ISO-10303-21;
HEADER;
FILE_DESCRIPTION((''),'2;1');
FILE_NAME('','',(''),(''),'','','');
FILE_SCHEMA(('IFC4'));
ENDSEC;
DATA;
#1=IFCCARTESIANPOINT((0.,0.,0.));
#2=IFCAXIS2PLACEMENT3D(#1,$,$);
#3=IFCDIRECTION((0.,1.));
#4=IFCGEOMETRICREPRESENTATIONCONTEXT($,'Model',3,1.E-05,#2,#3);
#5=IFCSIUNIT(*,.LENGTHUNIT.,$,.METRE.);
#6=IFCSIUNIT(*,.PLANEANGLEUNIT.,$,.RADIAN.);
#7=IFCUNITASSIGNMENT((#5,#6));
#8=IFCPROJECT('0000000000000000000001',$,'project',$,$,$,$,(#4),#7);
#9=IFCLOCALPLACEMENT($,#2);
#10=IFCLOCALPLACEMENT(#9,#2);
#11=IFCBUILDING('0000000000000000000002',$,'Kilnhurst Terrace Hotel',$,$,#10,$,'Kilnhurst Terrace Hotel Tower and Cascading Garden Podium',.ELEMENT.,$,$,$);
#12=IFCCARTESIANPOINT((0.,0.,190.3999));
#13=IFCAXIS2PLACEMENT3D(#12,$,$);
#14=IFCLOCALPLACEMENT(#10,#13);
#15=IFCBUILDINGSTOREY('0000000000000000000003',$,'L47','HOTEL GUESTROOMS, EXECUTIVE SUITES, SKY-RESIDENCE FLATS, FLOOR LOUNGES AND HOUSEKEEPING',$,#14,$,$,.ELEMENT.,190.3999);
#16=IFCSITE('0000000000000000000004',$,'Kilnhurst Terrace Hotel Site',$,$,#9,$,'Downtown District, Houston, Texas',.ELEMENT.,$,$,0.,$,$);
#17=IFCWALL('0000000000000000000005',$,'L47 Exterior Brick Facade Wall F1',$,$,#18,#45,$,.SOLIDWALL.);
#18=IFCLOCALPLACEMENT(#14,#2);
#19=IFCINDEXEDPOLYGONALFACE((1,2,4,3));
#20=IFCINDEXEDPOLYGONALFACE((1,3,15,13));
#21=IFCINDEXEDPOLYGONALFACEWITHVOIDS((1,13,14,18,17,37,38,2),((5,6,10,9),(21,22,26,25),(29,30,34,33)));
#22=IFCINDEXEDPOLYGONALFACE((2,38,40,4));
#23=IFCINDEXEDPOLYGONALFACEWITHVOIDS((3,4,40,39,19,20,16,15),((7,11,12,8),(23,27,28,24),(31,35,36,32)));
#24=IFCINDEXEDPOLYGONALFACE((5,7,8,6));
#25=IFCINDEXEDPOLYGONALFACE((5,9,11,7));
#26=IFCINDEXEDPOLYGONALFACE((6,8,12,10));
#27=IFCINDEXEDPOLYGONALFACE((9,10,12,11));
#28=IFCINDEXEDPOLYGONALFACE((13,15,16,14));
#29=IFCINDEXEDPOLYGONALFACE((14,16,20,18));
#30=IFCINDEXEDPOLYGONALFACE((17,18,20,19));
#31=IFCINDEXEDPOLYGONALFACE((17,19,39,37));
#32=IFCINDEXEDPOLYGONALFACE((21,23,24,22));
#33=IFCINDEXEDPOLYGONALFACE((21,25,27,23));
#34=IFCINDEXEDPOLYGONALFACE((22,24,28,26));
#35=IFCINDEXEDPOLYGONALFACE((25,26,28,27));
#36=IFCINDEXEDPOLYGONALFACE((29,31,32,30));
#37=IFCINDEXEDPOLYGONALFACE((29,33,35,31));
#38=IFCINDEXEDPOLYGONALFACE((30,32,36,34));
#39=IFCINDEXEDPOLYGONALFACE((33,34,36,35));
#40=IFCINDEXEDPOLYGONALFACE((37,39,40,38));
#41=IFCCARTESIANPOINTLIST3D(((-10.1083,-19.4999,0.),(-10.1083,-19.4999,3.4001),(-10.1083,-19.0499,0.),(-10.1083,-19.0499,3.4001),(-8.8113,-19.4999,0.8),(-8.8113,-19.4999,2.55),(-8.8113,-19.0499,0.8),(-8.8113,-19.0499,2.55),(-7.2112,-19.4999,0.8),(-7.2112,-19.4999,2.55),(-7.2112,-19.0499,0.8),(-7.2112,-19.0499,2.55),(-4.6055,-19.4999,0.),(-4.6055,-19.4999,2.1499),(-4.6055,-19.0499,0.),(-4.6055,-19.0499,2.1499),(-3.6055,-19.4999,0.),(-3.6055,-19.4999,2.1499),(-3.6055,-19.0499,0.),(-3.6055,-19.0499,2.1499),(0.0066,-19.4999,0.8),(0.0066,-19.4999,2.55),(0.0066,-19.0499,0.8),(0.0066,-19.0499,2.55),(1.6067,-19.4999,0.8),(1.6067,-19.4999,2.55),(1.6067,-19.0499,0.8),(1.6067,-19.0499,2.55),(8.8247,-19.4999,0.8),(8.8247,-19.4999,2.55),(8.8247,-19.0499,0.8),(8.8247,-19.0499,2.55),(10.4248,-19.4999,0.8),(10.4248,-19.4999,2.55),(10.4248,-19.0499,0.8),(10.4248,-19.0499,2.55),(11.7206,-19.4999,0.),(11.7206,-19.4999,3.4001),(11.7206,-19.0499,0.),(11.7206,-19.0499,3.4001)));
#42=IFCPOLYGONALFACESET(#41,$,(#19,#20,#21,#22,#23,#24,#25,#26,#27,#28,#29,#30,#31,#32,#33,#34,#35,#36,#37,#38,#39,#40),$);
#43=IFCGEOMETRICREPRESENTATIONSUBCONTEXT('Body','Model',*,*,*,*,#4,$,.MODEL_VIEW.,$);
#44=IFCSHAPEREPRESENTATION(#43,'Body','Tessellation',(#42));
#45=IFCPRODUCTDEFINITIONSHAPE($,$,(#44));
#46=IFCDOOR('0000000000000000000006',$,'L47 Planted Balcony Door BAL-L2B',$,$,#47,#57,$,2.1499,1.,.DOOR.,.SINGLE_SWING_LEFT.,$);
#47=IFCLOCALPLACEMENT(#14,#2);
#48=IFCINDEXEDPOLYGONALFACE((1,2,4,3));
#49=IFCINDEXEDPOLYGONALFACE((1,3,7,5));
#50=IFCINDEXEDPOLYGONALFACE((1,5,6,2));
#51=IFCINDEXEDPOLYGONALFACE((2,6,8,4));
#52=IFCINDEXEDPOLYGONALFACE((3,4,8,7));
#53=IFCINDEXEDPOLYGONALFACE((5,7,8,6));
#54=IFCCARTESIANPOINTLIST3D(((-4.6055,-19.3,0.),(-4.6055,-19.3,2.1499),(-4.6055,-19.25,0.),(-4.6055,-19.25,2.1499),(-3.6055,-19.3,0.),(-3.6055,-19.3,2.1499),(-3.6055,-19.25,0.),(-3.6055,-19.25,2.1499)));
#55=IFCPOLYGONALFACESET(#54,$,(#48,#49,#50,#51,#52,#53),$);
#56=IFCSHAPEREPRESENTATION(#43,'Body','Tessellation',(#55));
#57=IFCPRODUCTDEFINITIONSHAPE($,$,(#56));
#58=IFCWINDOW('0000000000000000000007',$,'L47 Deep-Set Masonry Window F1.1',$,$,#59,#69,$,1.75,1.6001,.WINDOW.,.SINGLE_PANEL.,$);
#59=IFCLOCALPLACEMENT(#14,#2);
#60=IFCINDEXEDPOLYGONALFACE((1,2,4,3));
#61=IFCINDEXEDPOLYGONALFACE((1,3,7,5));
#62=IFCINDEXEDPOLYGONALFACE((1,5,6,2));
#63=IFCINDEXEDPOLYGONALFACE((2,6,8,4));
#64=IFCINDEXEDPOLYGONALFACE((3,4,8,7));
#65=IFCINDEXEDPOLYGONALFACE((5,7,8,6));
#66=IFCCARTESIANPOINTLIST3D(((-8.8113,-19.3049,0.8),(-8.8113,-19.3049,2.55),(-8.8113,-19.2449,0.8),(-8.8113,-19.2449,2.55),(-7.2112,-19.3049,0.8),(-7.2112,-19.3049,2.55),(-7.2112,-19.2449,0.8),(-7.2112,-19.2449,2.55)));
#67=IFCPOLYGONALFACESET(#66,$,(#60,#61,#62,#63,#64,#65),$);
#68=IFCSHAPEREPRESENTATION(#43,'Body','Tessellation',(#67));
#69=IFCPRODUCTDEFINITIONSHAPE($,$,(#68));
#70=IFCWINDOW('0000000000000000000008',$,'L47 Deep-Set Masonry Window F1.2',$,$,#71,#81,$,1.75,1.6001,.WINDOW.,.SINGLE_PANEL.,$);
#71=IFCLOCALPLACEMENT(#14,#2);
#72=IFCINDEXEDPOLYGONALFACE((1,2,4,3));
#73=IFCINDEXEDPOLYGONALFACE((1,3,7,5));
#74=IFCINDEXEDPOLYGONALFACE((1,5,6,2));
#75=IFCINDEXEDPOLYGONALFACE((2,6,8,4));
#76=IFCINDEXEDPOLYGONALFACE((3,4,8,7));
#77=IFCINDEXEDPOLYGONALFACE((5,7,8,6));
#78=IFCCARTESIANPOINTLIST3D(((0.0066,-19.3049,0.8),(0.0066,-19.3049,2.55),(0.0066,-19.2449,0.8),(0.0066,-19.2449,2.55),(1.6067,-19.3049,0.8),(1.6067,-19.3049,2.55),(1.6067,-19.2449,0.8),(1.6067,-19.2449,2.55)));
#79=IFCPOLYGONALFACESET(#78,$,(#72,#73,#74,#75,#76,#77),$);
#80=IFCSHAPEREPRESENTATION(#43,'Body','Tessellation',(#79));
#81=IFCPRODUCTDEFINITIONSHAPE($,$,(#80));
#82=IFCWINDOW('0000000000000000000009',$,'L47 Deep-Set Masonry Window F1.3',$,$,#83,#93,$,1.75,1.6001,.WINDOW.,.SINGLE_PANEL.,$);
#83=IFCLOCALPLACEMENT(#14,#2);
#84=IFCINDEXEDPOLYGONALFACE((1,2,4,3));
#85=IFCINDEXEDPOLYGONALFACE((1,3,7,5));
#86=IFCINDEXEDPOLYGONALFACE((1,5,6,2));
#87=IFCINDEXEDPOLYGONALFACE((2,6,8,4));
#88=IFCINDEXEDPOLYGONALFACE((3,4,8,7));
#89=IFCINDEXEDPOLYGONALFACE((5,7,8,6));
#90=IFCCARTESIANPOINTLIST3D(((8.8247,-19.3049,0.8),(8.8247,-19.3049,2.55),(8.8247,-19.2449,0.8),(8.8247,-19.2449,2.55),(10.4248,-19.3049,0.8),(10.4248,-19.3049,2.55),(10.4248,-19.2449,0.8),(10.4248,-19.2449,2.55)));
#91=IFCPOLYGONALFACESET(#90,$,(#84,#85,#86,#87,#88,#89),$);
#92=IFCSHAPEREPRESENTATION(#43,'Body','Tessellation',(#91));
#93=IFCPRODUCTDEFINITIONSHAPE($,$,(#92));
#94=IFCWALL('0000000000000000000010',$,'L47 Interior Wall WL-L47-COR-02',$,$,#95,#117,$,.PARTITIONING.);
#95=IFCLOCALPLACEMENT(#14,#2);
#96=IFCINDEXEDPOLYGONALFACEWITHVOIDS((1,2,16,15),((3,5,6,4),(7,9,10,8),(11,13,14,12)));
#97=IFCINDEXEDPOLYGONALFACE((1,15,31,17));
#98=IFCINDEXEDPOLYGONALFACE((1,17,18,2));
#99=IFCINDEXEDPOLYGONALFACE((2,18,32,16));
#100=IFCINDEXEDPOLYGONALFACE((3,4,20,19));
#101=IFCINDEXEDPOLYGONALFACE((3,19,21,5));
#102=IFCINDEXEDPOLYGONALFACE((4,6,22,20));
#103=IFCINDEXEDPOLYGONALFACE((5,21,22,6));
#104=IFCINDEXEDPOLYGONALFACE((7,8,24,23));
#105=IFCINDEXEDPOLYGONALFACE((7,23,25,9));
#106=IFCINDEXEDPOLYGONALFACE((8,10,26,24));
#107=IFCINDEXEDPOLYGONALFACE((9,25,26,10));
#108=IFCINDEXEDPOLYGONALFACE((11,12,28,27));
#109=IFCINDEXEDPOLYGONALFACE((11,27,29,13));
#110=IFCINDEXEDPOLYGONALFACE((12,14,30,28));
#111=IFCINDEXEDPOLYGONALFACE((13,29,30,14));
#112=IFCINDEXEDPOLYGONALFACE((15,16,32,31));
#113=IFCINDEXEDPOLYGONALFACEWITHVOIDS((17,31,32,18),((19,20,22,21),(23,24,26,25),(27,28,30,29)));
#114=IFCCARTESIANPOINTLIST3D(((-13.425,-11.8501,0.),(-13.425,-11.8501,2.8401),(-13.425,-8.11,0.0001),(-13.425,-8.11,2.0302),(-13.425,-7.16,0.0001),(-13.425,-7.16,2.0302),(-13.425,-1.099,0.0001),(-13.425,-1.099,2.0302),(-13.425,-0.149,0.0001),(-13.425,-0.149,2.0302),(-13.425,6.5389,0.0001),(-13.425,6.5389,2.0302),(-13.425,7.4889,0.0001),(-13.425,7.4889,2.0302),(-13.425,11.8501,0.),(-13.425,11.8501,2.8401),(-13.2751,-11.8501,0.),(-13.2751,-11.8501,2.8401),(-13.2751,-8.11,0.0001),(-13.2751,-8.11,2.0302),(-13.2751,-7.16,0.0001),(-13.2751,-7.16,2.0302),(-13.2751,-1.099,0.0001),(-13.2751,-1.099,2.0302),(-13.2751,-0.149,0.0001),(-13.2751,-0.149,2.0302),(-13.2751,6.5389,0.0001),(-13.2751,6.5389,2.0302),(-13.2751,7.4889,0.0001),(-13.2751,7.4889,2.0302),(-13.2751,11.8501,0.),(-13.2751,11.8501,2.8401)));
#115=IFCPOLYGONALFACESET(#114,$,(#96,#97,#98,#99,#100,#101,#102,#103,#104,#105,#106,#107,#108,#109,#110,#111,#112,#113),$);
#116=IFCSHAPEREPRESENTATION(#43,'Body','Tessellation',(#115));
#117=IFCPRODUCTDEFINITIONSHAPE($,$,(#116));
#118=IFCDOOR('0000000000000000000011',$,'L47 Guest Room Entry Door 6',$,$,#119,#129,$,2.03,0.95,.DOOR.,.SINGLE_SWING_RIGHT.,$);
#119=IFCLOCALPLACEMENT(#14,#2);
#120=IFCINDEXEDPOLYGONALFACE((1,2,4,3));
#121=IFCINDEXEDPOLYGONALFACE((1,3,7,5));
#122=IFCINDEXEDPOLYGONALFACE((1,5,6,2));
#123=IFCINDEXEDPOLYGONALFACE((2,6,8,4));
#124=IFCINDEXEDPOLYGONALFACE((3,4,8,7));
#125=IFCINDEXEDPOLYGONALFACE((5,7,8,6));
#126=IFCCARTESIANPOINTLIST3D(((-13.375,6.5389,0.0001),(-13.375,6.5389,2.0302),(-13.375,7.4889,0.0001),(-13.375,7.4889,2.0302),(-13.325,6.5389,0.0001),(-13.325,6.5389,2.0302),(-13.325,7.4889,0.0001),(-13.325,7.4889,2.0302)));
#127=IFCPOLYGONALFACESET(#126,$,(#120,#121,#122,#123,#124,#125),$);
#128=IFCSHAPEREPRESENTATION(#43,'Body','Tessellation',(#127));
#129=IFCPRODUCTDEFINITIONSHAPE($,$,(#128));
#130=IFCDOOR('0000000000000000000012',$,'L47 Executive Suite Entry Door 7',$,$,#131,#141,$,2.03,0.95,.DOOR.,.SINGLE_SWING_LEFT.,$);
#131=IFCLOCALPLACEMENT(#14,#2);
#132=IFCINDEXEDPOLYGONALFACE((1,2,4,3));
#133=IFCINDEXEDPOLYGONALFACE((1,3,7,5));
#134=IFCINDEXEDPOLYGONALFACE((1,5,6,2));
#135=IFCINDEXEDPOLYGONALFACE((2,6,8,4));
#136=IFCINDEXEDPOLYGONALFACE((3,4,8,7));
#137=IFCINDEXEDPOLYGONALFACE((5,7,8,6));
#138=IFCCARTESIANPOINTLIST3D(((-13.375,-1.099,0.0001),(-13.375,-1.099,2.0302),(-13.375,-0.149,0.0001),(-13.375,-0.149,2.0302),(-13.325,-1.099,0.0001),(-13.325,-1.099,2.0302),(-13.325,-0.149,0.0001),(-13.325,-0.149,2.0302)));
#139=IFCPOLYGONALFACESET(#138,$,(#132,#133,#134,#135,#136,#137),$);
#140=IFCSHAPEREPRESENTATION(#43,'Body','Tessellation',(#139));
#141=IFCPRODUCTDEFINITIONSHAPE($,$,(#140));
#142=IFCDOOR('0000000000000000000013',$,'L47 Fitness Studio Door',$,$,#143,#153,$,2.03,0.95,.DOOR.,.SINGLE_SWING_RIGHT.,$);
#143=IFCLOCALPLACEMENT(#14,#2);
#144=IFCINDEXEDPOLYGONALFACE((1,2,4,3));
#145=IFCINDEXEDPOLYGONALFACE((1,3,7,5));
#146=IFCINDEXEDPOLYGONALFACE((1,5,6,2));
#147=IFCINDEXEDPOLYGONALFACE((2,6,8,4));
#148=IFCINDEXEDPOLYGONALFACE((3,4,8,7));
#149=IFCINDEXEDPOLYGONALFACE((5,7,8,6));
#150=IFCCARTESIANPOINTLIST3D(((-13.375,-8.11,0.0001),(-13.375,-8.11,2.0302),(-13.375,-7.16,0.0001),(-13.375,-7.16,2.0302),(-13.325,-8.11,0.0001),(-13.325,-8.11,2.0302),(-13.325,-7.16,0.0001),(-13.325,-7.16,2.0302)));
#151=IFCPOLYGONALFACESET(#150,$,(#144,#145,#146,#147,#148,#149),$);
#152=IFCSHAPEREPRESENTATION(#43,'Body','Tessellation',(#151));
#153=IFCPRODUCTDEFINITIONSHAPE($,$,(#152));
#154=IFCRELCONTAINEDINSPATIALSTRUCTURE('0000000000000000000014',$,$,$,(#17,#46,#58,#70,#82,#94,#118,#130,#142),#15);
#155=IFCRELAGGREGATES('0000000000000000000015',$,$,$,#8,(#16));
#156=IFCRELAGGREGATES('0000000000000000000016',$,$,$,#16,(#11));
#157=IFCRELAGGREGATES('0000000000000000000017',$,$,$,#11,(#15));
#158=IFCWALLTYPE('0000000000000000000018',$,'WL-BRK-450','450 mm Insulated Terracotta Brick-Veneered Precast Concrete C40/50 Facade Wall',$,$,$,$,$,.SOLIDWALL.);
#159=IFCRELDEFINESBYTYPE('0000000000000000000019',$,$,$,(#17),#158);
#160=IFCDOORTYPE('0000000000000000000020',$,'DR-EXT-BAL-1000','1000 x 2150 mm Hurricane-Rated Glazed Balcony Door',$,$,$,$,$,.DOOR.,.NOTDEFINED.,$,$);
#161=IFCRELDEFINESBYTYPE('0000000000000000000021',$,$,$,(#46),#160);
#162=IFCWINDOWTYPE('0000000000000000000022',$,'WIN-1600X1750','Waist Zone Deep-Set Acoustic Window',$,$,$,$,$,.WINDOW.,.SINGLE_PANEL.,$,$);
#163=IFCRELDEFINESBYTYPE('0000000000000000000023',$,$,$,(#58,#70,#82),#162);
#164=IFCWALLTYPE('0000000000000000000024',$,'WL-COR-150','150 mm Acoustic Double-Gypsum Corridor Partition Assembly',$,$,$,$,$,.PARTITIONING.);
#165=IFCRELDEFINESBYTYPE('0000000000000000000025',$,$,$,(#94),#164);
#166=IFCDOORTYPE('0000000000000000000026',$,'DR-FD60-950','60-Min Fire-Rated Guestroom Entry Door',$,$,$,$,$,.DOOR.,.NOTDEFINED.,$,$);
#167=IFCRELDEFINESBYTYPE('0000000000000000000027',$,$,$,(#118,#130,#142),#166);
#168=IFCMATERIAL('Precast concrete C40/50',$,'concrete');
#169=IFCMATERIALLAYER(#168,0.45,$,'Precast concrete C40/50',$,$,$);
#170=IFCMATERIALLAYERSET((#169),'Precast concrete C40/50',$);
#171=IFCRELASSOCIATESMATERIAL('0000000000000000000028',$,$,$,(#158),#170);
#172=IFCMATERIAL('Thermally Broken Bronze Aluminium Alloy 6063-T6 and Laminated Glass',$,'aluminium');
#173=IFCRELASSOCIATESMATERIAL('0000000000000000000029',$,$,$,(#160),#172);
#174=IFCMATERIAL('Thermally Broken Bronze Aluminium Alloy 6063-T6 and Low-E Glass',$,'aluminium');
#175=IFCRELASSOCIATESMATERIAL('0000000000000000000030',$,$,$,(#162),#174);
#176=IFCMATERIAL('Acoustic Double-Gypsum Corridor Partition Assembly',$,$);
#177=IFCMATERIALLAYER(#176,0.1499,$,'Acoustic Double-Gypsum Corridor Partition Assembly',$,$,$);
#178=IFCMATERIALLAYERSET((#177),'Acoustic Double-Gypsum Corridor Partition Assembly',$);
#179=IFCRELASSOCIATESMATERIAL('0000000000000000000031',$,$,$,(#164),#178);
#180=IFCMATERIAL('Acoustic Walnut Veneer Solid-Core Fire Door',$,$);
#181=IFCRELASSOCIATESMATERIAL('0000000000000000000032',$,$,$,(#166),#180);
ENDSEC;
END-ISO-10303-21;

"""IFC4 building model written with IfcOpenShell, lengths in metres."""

from ifc_helpers import new_model, si_unit, direction, frame, frame_2d, origin, place, context, subcontext, project, spatial, rectangle, extrude, material, layer, layer_set, type_object, element, fill, save


model = new_model("IFC4")

# Units and contexts
model_context = context("Model", 3, precision=1e-05, world=origin(), true_north=direction((0.0, 1.0)))
body_context = subcontext(model_context, "Body", "Model", "MODEL_VIEW")
ifc_project = project(units=[si_unit("LENGTHUNIT", "METRE"), si_unit("PLANEANGLEUNIT", "RADIAN")], contexts=[model_context])

# Site, building, storey
site_placement = place(None, origin())
site = spatial("IfcSite", under=ifc_project, at=site_placement, Name="Kilnhurst Terrace Hotel Site", LongName="Downtown District, Houston, Texas", CompositionType="ELEMENT", RefElevation=0.0)
building_placement = place(site_placement, origin())
building = spatial("IfcBuilding", under=site, at=building_placement, Name="Kilnhurst Terrace Hotel", LongName="Kilnhurst Terrace Hotel Tower and Cascading Garden Podium", CompositionType="ELEMENT")
storey_placement = place(building_placement, frame((0.0, 0.0, 190.3999)))
storey = spatial("IfcBuildingStorey", under=building, at=storey_placement, Name="L47", Description="HOTEL GUESTROOMS, EXECUTIVE SUITES, SKY-RESIDENCE FLATS, FLOOR LOUNGES AND HOUSEKEEPING", CompositionType="ELEMENT", Elevation=190.3999)

# Shared definitions
ifc_material_1 = material(Name="Precast concrete C40/50", Category="concrete")
ifc_layer_1 = layer(ifc_material_1, 0.45, Name="Precast concrete C40/50")
ifc_layer_set_1 = layer_set([ifc_layer_1], Name="Precast concrete C40/50")
wall_type_1 = type_object("IfcWallType", Name="WL-BRK-450", Description="450 mm Insulated Terracotta Brick-Veneered Precast Concrete C40/50 Facade Wall", PredefinedType="SOLIDWALL", material=ifc_layer_set_1)

# Wall, openings, door, windows
wall_1_placement = place(storey_placement, frame((-10.1084, -19.2749, 0.0), z_axis=(0.0, 0.0, 1.0), x_axis=(1.0, 0.0, 0.0)))
wall_1 = element("IfcWall", 1, at=wall_1_placement, inside=storey, type_object=wall_type_1, Name="L47 Exterior Brick Facade Wall F1", PredefinedType="SOLIDWALL", context=body_context, shape_type="SweptSolid", body=[
    extrude(rectangle(XDim=21.8289, YDim=0.45, at=frame_2d((10.9146, 0.0))), origin(), (0.0, 0.0, 1.0), 3.4001),
])
opening_1_placement = place(wall_1_placement, frame((5.5029, 0.0, 0.0)))
opening_1 = element("IfcOpeningElement", 2, at=opening_1_placement, cuts=wall_1, PredefinedType="OPENING", context=body_context, shape_type="SweptSolid", body=[
    extrude(rectangle(XDim=1.0, YDim=2.1499, at=frame_2d((0.5, 1.075))), frame((0.0, 0.2349, 0.0), z_axis=(0.0, -1.0, 0.0), x_axis=(1.0, 0.0, 0.0)), (0.0, 0.0, 1.0), 0.47),
])
opening_2_placement = place(wall_1_placement, frame((1.2971, 0.0, 0.8)))
opening_2 = element("IfcOpeningElement", 3, at=opening_2_placement, cuts=wall_1, PredefinedType="OPENING", context=body_context, shape_type="SweptSolid", body=[
    extrude(rectangle(XDim=1.6001, YDim=1.75, at=frame_2d((0.8, 0.875))), frame((0.0, 0.2349, 0.0), z_axis=(0.0, -1.0, 0.0), x_axis=(1.0, 0.0, 0.0)), (0.0, 0.0, 1.0), 0.47),
])
opening_3_placement = place(wall_1_placement, frame((10.115, 0.0, 0.8)))
opening_3 = element("IfcOpeningElement", 4, at=opening_3_placement, cuts=wall_1, PredefinedType="OPENING", context=body_context, shape_type="SweptSolid", body=[
    extrude(rectangle(XDim=1.6001, YDim=1.75, at=frame_2d((0.8, 0.875))), frame((0.0, 0.2349, 0.0), z_axis=(0.0, -1.0, 0.0), x_axis=(1.0, 0.0, 0.0)), (0.0, 0.0, 1.0), 0.47),
])
opening_4_placement = place(wall_1_placement, frame((18.9331, 0.0, 0.8)))
opening_4 = element("IfcOpeningElement", 5, at=opening_4_placement, cuts=wall_1, PredefinedType="OPENING", context=body_context, shape_type="SweptSolid", body=[
    extrude(rectangle(XDim=1.6001, YDim=1.75, at=frame_2d((0.8, 0.875))), frame((0.0, 0.2349, 0.0), z_axis=(0.0, -1.0, 0.0), x_axis=(1.0, 0.0, 0.0)), (0.0, 0.0, 1.0), 0.47),
])
ifc_material_2 = material(Name="Thermally Broken Bronze Aluminium Alloy 6063-T6 and Laminated Glass", Category="aluminium")
door_type_1 = type_object("IfcDoorType", Name="DR-EXT-BAL-1000", Description="1000 x 2150 mm Hurricane-Rated Glazed Balcony Door", OperationType="NOTDEFINED", PredefinedType="DOOR", material=ifc_material_2)
door_1_placement = place(opening_1_placement, origin())
door_1 = element("IfcDoor", 6, at=door_1_placement, inside=storey, type_object=door_type_1, Name="L47 Planted Balcony Door BAL-L2B", OperationType="SINGLE_SWING_LEFT", OverallHeight=2.1499, OverallWidth=1.0, PredefinedType="DOOR", context=body_context, shape_type="SweptSolid", body=[
    extrude(rectangle(XDim=1.0, YDim=2.1499, at=frame_2d((0.5, 1.075))), frame((0.0, 0.0249, 0.0), z_axis=(0.0, -1.0, 0.0), x_axis=(1.0, 0.0, 0.0)), (0.0, 0.0, 1.0), 0.05),
])
fill(opening_1, door_1)
ifc_material_3 = material(Name="Thermally Broken Bronze Aluminium Alloy 6063-T6 and Low-E Glass", Category="aluminium")
window_type = type_object("IfcWindowType", Name="WIN-1600X1750", Description="Waist Zone Deep-Set Acoustic Window", PartitioningType="SINGLE_PANEL", PredefinedType="WINDOW", material=ifc_material_3)
window_1_placement = place(opening_2_placement, origin())
window_1 = element("IfcWindow", 7, at=window_1_placement, inside=storey, type_object=window_type, Name="L47 Deep-Set Masonry Window F1.1", OverallHeight=1.75, OverallWidth=1.6001, PartitioningType="SINGLE_PANEL", PredefinedType="WINDOW", context=body_context, shape_type="SweptSolid", body=[
    extrude(rectangle(XDim=1.6001, YDim=1.75, at=frame_2d((0.8, 0.875))), frame((0.0, 0.03, 0.0), z_axis=(0.0, -1.0, 0.0), x_axis=(1.0, 0.0, 0.0)), (0.0, 0.0, 1.0), 0.0601),
])
fill(opening_2, window_1)
window_2_placement = place(opening_3_placement, origin())
window_2 = element("IfcWindow", 8, at=window_2_placement, inside=storey, type_object=window_type, Name="L47 Deep-Set Masonry Window F1.2", OverallHeight=1.75, OverallWidth=1.6001, PartitioningType="SINGLE_PANEL", PredefinedType="WINDOW", context=body_context, shape_type="SweptSolid", body=[
    extrude(rectangle(XDim=1.6001, YDim=1.75, at=frame_2d((0.8, 0.875))), frame((0.0, 0.03, 0.0), z_axis=(0.0, -1.0, 0.0), x_axis=(1.0, 0.0, 0.0)), (0.0, 0.0, 1.0), 0.0601),
])
fill(opening_3, window_2)
window_3_placement = place(opening_4_placement, origin())
window_3 = element("IfcWindow", 9, at=window_3_placement, inside=storey, type_object=window_type, Name="L47 Deep-Set Masonry Window F1.3", OverallHeight=1.75, OverallWidth=1.6001, PartitioningType="SINGLE_PANEL", PredefinedType="WINDOW", context=body_context, shape_type="SweptSolid", body=[
    extrude(rectangle(XDim=1.6001, YDim=1.75, at=frame_2d((0.8, 0.875))), frame((0.0, 0.03, 0.0), z_axis=(0.0, -1.0, 0.0), x_axis=(1.0, 0.0, 0.0)), (0.0, 0.0, 1.0), 0.0601),
])
fill(opening_4, window_3)

# Wall, openings, doors
ifc_material_4 = material(Name="Acoustic Double-Gypsum Corridor Partition Assembly")
ifc_layer_2 = layer(ifc_material_4, 0.1499, Name="Acoustic Double-Gypsum Corridor Partition Assembly")
ifc_layer_set_2 = layer_set([ifc_layer_2], Name="Acoustic Double-Gypsum Corridor Partition Assembly")
wall_type_2 = type_object("IfcWallType", Name="WL-COR-150", Description="150 mm Acoustic Double-Gypsum Corridor Partition Assembly", PredefinedType="PARTITIONING", material=ifc_layer_set_2)
wall_2_placement = place(storey_placement, frame((-13.3501, -11.8501, 0.0), z_axis=(0.0, 0.0, 1.0), x_axis=(0.0, 1.0, 0.0)))
wall_2 = element("IfcWall", 10, at=wall_2_placement, inside=storey, type_object=wall_type_2, Name="L47 Interior Wall WL-L47-COR-02", PredefinedType="PARTITIONING", context=body_context, shape_type="SweptSolid", body=[
    extrude(rectangle(XDim=23.7002, YDim=0.1499, at=frame_2d((11.8501, 0.0))), origin(), (0.0, 0.0, 1.0), 2.8401),
])
opening_5_placement = place(wall_2_placement, frame((18.3889, 0.0, 0.0)))
opening_5 = element("IfcOpeningElement", 11, at=opening_5_placement, cuts=wall_2, PredefinedType="OPENING", context=body_context, shape_type="SweptSolid", body=[
    extrude(rectangle(XDim=0.95, YDim=2.03, at=frame_2d((0.4751, 1.0151))), frame((0.0, 0.085, 0.0), z_axis=(0.0, -1.0, 0.0), x_axis=(1.0, 0.0, 0.0)), (0.0, 0.0, 1.0), 0.1699),
])
opening_6_placement = place(wall_2_placement, frame((10.751, 0.0, 0.0)))
opening_6 = element("IfcOpeningElement", 12, at=opening_6_placement, cuts=wall_2, PredefinedType="OPENING", context=body_context, shape_type="SweptSolid", body=[
    extrude(rectangle(XDim=0.95, YDim=2.03, at=frame_2d((0.4751, 1.0151))), frame((0.0, 0.085, 0.0), z_axis=(0.0, -1.0, 0.0), x_axis=(1.0, 0.0, 0.0)), (0.0, 0.0, 1.0), 0.1699),
])
opening_7_placement = place(wall_2_placement, frame((3.74, 0.0, 0.0)))
opening_7 = element("IfcOpeningElement", 13, at=opening_7_placement, cuts=wall_2, PredefinedType="OPENING", context=body_context, shape_type="SweptSolid", body=[
    extrude(rectangle(XDim=0.95, YDim=2.03, at=frame_2d((0.4751, 1.0151))), frame((0.0, 0.085, 0.0), z_axis=(0.0, -1.0, 0.0), x_axis=(1.0, 0.0, 0.0)), (0.0, 0.0, 1.0), 0.1699),
])
ifc_material_5 = material(Name="Acoustic Walnut Veneer Solid-Core Fire Door")
door_type_2 = type_object("IfcDoorType", Name="DR-FD60-950", Description="60-Min Fire-Rated Guestroom Entry Door", OperationType="NOTDEFINED", PredefinedType="DOOR", material=ifc_material_5)
door_2_placement = place(opening_5_placement, origin())
door_2 = element("IfcDoor", 14, at=door_2_placement, inside=storey, type_object=door_type_2, Name="L47 Guest Room Entry Door 6", OperationType="SINGLE_SWING_RIGHT", OverallHeight=2.03, OverallWidth=0.95, PredefinedType="DOOR", context=body_context, shape_type="SweptSolid", body=[
    extrude(rectangle(XDim=0.95, YDim=2.03, at=frame_2d((0.4751, 1.0151))), frame((0.0, 0.0249, 0.0), z_axis=(0.0, -1.0, 0.0), x_axis=(1.0, 0.0, 0.0)), (0.0, 0.0, 1.0), 0.05),
])
fill(opening_5, door_2)
door_3_placement = place(opening_6_placement, origin())
door_3 = element("IfcDoor", 15, at=door_3_placement, inside=storey, type_object=door_type_2, Name="L47 Executive Suite Entry Door 7", OperationType="SINGLE_SWING_LEFT", OverallHeight=2.03, OverallWidth=0.95, PredefinedType="DOOR", context=body_context, shape_type="SweptSolid", body=[
    extrude(rectangle(XDim=0.95, YDim=2.03, at=frame_2d((0.4751, 1.0151))), frame((0.0, 0.0249, 0.0), z_axis=(0.0, -1.0, 0.0), x_axis=(1.0, 0.0, 0.0)), (0.0, 0.0, 1.0), 0.05),
])
fill(opening_6, door_3)
door_4_placement = place(opening_7_placement, origin())
door_4 = element("IfcDoor", 16, at=door_4_placement, inside=storey, type_object=door_type_2, Name="L47 Fitness Studio Door", OperationType="SINGLE_SWING_RIGHT", OverallHeight=2.03, OverallWidth=0.95, PredefinedType="DOOR", context=body_context, shape_type="SweptSolid", body=[
    extrude(rectangle(XDim=0.95, YDim=2.03, at=frame_2d((0.4751, 1.0151))), frame((0.0, 0.0249, 0.0), z_axis=(0.0, -1.0, 0.0), x_axis=(1.0, 0.0, 0.0)), (0.0, 0.0, 1.0), 0.05),
])
fill(opening_7, door_4)

save(model, "model.ifc")
